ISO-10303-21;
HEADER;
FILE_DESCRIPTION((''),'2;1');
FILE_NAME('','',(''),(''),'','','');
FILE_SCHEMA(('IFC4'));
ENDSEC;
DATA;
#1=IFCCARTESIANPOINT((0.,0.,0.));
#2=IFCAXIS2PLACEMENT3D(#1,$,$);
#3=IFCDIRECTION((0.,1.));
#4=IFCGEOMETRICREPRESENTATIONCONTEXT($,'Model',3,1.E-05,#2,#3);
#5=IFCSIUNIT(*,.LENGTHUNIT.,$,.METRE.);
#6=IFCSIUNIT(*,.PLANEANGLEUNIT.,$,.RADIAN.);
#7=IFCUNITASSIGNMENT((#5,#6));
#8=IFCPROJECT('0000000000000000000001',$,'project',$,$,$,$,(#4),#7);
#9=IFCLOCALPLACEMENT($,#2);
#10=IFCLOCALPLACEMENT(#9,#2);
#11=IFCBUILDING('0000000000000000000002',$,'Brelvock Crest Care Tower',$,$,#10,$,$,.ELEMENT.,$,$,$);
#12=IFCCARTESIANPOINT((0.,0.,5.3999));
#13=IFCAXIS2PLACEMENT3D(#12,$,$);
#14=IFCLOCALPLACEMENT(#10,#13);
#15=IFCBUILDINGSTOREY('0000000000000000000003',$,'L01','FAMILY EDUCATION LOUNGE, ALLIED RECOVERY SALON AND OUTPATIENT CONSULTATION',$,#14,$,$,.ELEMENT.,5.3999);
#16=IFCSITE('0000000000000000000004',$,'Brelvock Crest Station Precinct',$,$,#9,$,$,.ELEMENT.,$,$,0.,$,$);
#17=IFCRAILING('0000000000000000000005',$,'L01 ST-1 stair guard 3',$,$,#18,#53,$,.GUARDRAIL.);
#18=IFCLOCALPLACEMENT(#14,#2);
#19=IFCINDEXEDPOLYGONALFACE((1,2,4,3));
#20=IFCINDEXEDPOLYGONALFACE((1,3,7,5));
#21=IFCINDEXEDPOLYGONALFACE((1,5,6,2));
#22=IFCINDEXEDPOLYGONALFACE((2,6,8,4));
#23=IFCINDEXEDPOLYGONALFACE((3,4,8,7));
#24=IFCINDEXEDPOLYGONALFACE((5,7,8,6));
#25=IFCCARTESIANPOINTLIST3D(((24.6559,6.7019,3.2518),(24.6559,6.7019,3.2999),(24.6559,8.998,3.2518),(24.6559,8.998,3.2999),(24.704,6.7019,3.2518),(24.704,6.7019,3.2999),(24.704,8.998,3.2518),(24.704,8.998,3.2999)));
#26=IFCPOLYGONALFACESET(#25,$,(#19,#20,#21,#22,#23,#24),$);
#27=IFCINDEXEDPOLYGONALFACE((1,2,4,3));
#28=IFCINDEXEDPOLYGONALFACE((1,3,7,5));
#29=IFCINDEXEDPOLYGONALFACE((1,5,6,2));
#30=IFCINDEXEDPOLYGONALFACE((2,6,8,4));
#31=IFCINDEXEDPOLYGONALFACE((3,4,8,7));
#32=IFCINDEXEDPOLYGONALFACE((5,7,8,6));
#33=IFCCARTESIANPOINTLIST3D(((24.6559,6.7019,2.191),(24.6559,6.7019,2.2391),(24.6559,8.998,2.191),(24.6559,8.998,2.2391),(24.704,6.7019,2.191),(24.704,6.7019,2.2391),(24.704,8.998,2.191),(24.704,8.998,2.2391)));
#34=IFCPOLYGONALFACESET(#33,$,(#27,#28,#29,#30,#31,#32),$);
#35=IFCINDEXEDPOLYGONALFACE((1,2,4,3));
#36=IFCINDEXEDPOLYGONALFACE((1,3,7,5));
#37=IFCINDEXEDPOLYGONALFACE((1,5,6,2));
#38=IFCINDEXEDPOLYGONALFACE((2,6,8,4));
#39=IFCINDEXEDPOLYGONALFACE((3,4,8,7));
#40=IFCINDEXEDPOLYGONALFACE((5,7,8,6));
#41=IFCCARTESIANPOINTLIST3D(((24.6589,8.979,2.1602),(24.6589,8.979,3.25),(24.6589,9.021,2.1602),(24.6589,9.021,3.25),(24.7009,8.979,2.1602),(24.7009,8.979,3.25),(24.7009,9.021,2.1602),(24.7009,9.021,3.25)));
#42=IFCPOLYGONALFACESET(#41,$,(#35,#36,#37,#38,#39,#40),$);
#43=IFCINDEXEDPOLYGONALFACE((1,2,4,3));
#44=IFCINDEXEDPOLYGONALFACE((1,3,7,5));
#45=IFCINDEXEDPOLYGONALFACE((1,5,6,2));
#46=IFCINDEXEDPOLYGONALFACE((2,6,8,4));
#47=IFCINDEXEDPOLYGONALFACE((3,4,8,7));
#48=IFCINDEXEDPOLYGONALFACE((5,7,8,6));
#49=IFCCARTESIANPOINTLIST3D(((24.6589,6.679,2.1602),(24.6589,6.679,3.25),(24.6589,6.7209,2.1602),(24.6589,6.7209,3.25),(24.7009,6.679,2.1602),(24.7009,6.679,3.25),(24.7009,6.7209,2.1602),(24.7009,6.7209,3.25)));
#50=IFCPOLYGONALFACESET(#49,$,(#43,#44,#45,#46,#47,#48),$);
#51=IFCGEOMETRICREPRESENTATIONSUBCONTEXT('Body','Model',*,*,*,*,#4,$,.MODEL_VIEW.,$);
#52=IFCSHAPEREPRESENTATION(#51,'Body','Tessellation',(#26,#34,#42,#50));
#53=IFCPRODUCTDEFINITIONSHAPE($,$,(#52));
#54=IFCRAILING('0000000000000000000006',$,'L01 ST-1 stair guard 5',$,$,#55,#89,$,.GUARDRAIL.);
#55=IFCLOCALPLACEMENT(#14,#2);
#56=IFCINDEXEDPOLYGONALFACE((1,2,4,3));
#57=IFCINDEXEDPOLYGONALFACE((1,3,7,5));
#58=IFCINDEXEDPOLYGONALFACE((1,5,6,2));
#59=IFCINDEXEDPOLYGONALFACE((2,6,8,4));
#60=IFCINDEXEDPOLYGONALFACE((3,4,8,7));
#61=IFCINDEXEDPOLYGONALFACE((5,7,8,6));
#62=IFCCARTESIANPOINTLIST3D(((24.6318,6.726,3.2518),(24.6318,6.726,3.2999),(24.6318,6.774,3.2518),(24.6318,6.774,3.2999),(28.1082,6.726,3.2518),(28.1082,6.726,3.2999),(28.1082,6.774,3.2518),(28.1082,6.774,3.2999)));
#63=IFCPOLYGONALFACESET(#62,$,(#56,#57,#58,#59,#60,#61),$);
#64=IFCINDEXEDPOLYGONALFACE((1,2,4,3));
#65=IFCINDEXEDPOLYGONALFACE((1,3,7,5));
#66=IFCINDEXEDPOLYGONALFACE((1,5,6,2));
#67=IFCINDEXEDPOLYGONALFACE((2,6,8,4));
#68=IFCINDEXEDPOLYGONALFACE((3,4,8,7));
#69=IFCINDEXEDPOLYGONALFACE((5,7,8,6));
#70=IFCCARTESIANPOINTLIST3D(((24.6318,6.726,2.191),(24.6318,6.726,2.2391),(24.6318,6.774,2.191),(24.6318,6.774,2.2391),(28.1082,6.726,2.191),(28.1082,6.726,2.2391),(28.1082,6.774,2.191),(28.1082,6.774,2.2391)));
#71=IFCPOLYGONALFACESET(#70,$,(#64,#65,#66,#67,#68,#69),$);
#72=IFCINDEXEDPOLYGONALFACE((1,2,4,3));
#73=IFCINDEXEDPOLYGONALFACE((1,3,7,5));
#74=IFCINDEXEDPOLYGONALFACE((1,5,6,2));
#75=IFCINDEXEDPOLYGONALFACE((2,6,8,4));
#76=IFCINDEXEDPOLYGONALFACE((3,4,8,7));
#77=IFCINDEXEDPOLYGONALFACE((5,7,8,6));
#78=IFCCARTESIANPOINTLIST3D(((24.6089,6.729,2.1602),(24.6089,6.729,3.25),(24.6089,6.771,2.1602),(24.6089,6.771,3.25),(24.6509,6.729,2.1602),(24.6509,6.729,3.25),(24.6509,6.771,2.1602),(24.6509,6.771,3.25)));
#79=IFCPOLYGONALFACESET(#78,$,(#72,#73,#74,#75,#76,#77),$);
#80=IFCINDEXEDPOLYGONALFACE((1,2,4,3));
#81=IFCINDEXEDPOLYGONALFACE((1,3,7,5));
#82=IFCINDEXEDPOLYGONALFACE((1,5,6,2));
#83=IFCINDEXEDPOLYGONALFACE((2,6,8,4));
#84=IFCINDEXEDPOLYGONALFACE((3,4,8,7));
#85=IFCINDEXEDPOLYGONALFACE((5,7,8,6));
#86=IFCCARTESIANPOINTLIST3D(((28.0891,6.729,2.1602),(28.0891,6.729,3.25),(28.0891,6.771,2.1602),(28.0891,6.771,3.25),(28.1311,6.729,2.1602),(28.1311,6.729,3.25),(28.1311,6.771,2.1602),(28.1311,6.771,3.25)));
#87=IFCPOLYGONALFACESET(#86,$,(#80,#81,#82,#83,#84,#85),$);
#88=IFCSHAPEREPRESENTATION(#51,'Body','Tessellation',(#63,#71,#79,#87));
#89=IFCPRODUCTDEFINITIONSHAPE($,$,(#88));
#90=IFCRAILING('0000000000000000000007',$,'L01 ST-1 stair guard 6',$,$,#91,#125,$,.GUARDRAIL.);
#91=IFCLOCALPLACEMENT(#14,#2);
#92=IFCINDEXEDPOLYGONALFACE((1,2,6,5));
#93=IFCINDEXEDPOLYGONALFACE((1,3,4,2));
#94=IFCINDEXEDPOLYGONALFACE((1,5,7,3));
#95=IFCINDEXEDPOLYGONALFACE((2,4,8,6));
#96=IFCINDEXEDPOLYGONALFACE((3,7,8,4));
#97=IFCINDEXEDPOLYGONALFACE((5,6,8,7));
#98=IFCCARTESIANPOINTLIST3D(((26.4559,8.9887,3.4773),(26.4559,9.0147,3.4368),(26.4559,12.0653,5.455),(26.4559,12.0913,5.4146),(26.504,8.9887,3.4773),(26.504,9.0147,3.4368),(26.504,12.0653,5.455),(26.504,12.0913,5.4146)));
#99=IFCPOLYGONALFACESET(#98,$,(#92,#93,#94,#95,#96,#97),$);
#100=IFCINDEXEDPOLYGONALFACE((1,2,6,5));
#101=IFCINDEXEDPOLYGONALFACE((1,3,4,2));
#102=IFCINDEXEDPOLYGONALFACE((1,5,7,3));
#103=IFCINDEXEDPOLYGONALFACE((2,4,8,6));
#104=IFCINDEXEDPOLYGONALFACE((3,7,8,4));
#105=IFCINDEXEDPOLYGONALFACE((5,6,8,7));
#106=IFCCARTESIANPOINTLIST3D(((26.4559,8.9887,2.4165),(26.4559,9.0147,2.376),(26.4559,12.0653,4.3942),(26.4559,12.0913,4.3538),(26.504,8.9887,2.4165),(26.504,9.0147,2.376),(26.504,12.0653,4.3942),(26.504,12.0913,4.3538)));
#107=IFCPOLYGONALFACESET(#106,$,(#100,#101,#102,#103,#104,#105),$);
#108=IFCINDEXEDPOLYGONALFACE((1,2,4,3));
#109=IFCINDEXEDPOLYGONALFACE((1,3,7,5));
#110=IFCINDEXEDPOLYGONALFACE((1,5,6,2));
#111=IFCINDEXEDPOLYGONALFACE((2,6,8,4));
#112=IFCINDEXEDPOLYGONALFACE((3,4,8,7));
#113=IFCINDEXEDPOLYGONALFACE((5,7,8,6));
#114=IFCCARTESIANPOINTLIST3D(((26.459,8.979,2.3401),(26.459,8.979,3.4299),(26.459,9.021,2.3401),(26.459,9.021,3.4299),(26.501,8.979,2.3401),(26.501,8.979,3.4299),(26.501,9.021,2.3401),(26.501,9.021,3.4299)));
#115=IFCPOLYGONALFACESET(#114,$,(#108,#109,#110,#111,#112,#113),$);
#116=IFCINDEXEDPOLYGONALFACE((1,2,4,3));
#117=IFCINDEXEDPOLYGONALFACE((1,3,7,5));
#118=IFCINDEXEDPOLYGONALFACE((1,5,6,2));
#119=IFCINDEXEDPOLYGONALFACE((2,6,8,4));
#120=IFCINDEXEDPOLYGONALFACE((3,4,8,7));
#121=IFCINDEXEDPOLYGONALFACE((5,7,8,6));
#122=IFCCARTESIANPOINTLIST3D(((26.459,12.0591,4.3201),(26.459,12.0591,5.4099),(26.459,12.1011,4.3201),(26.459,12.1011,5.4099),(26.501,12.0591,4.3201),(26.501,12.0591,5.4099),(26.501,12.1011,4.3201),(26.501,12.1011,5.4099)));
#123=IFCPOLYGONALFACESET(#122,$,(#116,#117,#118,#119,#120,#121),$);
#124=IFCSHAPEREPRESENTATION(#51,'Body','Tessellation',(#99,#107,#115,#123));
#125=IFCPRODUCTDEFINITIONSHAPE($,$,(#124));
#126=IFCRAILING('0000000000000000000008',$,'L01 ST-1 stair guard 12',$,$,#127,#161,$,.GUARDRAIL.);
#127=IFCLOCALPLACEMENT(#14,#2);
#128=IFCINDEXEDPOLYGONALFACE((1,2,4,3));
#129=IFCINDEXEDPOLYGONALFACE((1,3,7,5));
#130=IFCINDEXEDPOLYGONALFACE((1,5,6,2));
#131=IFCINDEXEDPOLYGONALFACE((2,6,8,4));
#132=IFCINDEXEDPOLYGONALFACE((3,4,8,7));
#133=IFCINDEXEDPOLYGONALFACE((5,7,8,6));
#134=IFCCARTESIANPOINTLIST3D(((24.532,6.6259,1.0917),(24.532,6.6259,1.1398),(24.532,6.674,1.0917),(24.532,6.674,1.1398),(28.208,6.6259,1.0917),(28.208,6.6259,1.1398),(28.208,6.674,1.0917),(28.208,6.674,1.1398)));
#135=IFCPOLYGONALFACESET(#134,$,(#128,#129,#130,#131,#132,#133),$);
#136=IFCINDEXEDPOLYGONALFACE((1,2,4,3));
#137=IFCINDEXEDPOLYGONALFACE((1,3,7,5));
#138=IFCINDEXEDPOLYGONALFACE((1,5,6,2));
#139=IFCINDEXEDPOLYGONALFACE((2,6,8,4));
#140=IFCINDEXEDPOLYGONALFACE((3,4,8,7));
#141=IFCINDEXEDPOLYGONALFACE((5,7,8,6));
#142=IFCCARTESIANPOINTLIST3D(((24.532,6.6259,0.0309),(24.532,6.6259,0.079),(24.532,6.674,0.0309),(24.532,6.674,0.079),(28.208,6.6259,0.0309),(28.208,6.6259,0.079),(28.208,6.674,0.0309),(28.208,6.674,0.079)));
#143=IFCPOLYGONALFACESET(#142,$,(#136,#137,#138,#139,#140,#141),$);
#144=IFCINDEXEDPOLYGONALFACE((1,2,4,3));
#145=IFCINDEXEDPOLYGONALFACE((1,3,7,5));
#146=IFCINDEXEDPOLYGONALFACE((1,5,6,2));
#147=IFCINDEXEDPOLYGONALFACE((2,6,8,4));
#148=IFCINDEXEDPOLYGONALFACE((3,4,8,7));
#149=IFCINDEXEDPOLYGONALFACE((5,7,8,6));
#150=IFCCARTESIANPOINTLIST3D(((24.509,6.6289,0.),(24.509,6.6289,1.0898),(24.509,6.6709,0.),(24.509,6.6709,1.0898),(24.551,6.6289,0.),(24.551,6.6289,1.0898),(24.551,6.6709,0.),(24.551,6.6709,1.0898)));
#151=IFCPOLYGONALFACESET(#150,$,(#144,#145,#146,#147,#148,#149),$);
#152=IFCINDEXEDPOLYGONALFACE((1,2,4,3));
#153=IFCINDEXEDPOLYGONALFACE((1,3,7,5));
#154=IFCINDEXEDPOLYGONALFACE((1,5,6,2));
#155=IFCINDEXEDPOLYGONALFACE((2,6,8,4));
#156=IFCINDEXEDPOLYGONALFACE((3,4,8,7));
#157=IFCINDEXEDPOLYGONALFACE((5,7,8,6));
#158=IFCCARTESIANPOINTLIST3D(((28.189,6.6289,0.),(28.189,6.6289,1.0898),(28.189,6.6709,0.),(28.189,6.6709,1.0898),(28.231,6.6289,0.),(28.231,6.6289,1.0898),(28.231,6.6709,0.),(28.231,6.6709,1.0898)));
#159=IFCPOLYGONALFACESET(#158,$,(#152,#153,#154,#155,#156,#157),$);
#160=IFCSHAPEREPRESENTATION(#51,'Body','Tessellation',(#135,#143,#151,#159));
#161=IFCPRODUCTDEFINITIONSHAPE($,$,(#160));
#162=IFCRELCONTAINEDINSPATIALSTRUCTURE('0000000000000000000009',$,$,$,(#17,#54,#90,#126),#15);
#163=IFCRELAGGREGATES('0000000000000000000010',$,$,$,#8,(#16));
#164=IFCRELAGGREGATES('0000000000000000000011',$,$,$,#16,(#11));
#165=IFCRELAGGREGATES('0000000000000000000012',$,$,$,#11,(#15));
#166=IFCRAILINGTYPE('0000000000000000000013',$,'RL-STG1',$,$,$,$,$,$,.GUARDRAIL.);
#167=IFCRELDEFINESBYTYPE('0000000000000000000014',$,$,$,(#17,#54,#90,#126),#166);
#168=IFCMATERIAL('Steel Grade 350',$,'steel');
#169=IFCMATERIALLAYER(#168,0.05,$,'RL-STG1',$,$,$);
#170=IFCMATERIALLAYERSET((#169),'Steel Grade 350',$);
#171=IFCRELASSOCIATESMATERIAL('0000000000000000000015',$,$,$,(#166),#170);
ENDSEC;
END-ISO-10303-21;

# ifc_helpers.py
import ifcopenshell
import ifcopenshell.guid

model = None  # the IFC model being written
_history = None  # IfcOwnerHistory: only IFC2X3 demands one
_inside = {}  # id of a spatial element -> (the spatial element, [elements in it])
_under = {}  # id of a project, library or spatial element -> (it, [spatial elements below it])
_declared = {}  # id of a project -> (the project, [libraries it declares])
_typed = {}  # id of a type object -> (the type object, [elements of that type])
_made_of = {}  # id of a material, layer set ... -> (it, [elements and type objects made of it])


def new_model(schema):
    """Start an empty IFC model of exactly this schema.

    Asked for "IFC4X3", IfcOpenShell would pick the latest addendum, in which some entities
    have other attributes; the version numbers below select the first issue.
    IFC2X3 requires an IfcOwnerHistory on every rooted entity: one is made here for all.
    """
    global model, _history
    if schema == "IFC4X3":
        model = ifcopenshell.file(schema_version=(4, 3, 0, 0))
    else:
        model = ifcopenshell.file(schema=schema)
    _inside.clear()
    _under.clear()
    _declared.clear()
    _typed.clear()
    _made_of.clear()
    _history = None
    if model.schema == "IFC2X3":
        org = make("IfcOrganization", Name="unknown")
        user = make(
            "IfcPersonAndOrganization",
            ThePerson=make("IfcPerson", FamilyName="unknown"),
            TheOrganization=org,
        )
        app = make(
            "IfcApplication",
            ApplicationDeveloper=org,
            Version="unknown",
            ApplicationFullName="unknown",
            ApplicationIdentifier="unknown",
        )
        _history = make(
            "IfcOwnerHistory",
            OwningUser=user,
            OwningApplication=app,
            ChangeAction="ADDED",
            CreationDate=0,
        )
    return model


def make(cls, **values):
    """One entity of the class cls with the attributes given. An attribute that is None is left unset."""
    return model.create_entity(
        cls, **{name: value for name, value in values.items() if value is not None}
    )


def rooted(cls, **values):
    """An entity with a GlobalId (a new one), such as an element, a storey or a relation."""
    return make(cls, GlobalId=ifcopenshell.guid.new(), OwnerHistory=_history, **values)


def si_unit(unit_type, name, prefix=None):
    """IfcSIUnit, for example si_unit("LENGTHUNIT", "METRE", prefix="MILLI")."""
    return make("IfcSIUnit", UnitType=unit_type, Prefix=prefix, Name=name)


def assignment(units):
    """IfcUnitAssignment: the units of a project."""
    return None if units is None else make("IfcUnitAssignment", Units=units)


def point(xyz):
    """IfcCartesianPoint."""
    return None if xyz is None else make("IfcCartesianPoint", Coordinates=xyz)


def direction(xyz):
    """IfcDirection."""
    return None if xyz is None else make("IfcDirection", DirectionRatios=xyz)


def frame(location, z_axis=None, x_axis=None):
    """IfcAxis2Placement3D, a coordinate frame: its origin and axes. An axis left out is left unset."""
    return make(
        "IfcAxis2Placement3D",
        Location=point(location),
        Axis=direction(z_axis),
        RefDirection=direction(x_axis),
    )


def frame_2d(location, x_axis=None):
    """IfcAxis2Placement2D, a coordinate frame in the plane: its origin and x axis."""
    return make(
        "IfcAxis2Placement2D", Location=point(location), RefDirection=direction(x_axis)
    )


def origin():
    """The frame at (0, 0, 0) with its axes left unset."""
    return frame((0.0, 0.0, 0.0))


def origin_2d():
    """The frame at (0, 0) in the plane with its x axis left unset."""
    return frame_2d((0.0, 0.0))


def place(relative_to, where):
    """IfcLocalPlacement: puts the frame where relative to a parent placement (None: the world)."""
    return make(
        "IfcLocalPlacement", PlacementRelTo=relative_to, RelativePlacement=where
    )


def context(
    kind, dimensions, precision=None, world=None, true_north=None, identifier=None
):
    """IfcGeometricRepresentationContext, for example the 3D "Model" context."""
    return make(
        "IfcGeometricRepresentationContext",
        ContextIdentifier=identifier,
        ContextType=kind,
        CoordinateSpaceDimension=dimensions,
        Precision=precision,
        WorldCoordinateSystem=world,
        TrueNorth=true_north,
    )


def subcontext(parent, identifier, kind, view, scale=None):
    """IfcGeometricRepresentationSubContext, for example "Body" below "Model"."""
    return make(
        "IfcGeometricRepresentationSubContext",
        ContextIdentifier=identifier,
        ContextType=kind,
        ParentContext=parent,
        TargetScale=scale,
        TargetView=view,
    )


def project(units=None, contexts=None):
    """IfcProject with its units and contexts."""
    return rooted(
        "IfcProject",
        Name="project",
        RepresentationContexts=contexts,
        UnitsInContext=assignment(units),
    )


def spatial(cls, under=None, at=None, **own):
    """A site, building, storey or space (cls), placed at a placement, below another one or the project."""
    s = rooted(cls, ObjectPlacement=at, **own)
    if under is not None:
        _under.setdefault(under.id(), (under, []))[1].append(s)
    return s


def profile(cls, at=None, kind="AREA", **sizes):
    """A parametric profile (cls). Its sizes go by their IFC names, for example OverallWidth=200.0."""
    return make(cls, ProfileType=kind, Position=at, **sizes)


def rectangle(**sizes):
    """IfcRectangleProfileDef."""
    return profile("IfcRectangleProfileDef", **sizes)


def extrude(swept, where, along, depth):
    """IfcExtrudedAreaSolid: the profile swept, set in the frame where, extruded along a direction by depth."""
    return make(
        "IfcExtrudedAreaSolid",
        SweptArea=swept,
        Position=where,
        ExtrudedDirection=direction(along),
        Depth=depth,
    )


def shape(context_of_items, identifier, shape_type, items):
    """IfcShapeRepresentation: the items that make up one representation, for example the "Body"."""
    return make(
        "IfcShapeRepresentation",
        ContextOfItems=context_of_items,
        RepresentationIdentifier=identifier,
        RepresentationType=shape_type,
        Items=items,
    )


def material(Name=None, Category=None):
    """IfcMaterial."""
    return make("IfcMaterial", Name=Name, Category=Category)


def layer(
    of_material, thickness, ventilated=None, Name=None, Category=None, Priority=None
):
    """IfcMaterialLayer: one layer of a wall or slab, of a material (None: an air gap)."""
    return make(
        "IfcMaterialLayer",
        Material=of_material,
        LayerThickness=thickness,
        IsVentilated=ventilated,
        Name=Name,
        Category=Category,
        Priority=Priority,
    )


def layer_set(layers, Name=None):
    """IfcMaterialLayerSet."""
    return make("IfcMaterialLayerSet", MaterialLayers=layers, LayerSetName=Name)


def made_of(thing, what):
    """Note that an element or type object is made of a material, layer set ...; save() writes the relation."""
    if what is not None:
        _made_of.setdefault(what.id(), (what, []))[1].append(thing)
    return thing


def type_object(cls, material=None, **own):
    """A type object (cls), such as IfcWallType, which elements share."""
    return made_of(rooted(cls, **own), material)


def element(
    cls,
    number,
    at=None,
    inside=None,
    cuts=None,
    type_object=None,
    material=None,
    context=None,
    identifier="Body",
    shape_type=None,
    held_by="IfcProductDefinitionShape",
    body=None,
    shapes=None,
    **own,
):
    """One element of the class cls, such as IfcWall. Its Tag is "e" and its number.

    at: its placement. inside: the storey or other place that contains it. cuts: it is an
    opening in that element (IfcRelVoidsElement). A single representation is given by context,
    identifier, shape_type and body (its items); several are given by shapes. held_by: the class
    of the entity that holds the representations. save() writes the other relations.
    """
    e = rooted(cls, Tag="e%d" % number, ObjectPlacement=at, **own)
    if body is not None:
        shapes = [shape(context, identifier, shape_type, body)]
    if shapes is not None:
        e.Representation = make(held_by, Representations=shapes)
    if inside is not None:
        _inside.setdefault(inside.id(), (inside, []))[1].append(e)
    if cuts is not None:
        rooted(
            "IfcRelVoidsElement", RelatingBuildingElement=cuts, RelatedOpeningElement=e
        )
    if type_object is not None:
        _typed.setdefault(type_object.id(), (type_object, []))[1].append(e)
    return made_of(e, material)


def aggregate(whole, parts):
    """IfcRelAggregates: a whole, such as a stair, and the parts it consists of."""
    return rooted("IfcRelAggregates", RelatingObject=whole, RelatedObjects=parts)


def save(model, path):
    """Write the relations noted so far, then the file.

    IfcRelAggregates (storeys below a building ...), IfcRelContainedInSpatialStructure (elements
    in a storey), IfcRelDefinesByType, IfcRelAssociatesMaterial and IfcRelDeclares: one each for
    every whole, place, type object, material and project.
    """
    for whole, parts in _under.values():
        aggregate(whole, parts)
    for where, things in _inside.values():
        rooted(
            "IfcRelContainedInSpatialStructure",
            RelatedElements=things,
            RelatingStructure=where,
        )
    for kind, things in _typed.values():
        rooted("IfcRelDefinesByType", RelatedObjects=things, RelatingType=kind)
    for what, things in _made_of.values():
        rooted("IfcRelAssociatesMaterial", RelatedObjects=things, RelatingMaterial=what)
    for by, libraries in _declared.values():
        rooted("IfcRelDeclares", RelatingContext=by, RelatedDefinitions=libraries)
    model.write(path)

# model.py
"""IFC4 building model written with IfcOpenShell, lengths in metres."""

from ifc_helpers import new_model, si_unit, direction, frame, origin, origin_2d, place, context, subcontext, project, spatial, rectangle, extrude, material, layer, layer_set, type_object, element, save


model = new_model("IFC4")

# Units and contexts
model_context = context("Model", 3, precision=1e-05, world=origin(), true_north=direction((0.0, 1.0)))
body_context = subcontext(model_context, "Body", "Model", "MODEL_VIEW")
ifc_project = project(units=[si_unit("LENGTHUNIT", "METRE"), si_unit("PLANEANGLEUNIT", "RADIAN")], contexts=[model_context])

# Site, building, storey
site_placement = place(None, origin())
site = spatial("IfcSite", under=ifc_project, at=site_placement, Name="Brelvock Crest Station Precinct", CompositionType="ELEMENT", RefElevation=0.0)
building_placement = place(site_placement, origin())
building = spatial("IfcBuilding", under=site, at=building_placement, Name="Brelvock Crest Care Tower", CompositionType="ELEMENT")
storey_placement = place(building_placement, frame((0.0, 0.0, 5.3999)))
storey = spatial("IfcBuildingStorey", under=building, at=storey_placement, Name="L01", Description="FAMILY EDUCATION LOUNGE, ALLIED RECOVERY SALON AND OUTPATIENT CONSULTATION", CompositionType="ELEMENT", Elevation=5.3999)

# Shared definitions
ifc_material_1 = material(Name="Steel Grade 350", Category="steel")

# Railings
ifc_layer_1 = layer(ifc_material_1, 0.05, Name="RL-STG1")
ifc_layer_set_1 = layer_set([ifc_layer_1], Name="Steel Grade 350")
railing_type = type_object("IfcRailingType", Name="RL-STG1", PredefinedType="GUARDRAIL", material=ifc_layer_set_1)
railing_1_placement = place(storey_placement, frame((24.6799, 9.0, 2.1602)))
element("IfcRailing", 1, at=railing_1_placement, inside=storey, type_object=railing_type, Name="L01 ST-1 stair guard 3", PredefinedType="GUARDRAIL", context=body_context, shape_type="SweptSolid", body=[
    extrude(rectangle(XDim=0.0481, YDim=0.0481, at=origin_2d()), frame((0.0, -0.002, 1.1157), z_axis=(0.0, -1.0, 0.0), x_axis=(1.0, 0.0, 0.0)), (0.0, 0.0, 1.0), 2.2961),
    extrude(rectangle(XDim=0.0481, YDim=0.0481, at=origin_2d()), frame((0.0, -0.002, 0.0549), z_axis=(0.0, -1.0, 0.0), x_axis=(1.0, 0.0, 0.0)), (0.0, 0.0, 1.0), 2.2961),
    extrude(rectangle(XDim=0.042, YDim=0.042, at=origin_2d()), origin(), (0.0, 0.0, 1.0), 1.0898),
    extrude(rectangle(XDim=0.042, YDim=0.042, at=origin_2d()), frame((0.0, -2.3, 0.0)), (0.0, 0.0, 1.0), 1.0898),
])
railing_2_placement = place(storey_placement, frame((24.6299, 6.75, 2.1602)))
element("IfcRailing", 2, at=railing_2_placement, inside=storey, type_object=railing_type, Name="L01 ST-1 stair guard 5", PredefinedType="GUARDRAIL", context=body_context, shape_type="SweptSolid", body=[
    extrude(rectangle(XDim=0.0481, YDim=0.0481, at=origin_2d()), frame((0.002, 0.0, 1.1157), z_axis=(1.0, 0.0, 0.0), x_axis=(0.0, 1.0, 0.0)), (0.0, 0.0, 1.0), 3.4763),
    extrude(rectangle(XDim=0.0481, YDim=0.0481, at=origin_2d()), frame((0.002, 0.0, 0.0549), z_axis=(1.0, 0.0, 0.0), x_axis=(0.0, 1.0, 0.0)), (0.0, 0.0, 1.0), 3.4763),
    extrude(rectangle(XDim=0.042, YDim=0.042, at=origin_2d()), origin(), (0.0, 0.0, 1.0), 1.0898),
    extrude(rectangle(XDim=0.042, YDim=0.042, at=origin_2d()), frame((3.4802, 0.0, 0.0)), (0.0, 0.0, 1.0), 1.0898),
])
railing_3_placement = place(storey_placement, frame((26.48, 9.0, 2.3401)))
element("IfcRailing", 3, at=railing_3_placement, inside=storey, type_object=railing_type, Name="L01 ST-1 stair guard 6", PredefinedType="GUARDRAIL", context=body_context, shape_type="SweptSolid", body=[
    extrude(rectangle(XDim=0.0481, YDim=0.0481, at=origin_2d()), frame((0.0, 0.0017, 1.1169), z_axis=(0.0, 0.841187, 0.540744), x_axis=(-1.0, 0.0, 0.0)), (0.0, 0.0, 1.0), 3.6575),
    extrude(rectangle(XDim=0.0481, YDim=0.0481, at=origin_2d()), frame((0.0, 0.0017, 0.0562), z_axis=(0.0, 0.841187, 0.540744), x_axis=(-1.0, 0.0, 0.0)), (0.0, 0.0, 1.0), 3.6575),
    extrude(rectangle(XDim=0.042, YDim=0.042, at=origin_2d()), origin(), (0.0, 0.0, 1.0), 1.0898),
    extrude(rectangle(XDim=0.042, YDim=0.042, at=origin_2d()), frame((0.0, 3.0801, 1.98)), (0.0, 0.0, 1.0), 1.0898),
])
railing_4_placement = place(storey_placement, frame((24.53, 6.6499, 0.0)))
element("IfcRailing", 4, at=railing_4_placement, inside=storey, type_object=railing_type, Name="L01 ST-1 stair guard 12", PredefinedType="GUARDRAIL", context=body_context, shape_type="SweptSolid", body=[
    extrude(rectangle(XDim=0.0481, YDim=0.0481, at=origin_2d()), frame((0.002, 0.0, 1.1157), z_axis=(1.0, 0.0, 0.0), x_axis=(0.0, 1.0, 0.0)), (0.0, 0.0, 1.0), 3.676),
    extrude(rectangle(XDim=0.0481, YDim=0.0481, at=origin_2d()), frame((0.002, 0.0, 0.0549), z_axis=(1.0, 0.0, 0.0), x_axis=(0.0, 1.0, 0.0)), (0.0, 0.0, 1.0), 3.676),
    extrude(rectangle(XDim=0.042, YDim=0.042, at=origin_2d()), origin(), (0.0, 0.0, 1.0), 1.0898),
    extrude(rectangle(XDim=0.042, YDim=0.042, at=origin_2d()), frame((3.6799, 0.0, 0.0)), (0.0, 0.0, 1.0), 1.0898),
])

save(model, "model.ifc")
